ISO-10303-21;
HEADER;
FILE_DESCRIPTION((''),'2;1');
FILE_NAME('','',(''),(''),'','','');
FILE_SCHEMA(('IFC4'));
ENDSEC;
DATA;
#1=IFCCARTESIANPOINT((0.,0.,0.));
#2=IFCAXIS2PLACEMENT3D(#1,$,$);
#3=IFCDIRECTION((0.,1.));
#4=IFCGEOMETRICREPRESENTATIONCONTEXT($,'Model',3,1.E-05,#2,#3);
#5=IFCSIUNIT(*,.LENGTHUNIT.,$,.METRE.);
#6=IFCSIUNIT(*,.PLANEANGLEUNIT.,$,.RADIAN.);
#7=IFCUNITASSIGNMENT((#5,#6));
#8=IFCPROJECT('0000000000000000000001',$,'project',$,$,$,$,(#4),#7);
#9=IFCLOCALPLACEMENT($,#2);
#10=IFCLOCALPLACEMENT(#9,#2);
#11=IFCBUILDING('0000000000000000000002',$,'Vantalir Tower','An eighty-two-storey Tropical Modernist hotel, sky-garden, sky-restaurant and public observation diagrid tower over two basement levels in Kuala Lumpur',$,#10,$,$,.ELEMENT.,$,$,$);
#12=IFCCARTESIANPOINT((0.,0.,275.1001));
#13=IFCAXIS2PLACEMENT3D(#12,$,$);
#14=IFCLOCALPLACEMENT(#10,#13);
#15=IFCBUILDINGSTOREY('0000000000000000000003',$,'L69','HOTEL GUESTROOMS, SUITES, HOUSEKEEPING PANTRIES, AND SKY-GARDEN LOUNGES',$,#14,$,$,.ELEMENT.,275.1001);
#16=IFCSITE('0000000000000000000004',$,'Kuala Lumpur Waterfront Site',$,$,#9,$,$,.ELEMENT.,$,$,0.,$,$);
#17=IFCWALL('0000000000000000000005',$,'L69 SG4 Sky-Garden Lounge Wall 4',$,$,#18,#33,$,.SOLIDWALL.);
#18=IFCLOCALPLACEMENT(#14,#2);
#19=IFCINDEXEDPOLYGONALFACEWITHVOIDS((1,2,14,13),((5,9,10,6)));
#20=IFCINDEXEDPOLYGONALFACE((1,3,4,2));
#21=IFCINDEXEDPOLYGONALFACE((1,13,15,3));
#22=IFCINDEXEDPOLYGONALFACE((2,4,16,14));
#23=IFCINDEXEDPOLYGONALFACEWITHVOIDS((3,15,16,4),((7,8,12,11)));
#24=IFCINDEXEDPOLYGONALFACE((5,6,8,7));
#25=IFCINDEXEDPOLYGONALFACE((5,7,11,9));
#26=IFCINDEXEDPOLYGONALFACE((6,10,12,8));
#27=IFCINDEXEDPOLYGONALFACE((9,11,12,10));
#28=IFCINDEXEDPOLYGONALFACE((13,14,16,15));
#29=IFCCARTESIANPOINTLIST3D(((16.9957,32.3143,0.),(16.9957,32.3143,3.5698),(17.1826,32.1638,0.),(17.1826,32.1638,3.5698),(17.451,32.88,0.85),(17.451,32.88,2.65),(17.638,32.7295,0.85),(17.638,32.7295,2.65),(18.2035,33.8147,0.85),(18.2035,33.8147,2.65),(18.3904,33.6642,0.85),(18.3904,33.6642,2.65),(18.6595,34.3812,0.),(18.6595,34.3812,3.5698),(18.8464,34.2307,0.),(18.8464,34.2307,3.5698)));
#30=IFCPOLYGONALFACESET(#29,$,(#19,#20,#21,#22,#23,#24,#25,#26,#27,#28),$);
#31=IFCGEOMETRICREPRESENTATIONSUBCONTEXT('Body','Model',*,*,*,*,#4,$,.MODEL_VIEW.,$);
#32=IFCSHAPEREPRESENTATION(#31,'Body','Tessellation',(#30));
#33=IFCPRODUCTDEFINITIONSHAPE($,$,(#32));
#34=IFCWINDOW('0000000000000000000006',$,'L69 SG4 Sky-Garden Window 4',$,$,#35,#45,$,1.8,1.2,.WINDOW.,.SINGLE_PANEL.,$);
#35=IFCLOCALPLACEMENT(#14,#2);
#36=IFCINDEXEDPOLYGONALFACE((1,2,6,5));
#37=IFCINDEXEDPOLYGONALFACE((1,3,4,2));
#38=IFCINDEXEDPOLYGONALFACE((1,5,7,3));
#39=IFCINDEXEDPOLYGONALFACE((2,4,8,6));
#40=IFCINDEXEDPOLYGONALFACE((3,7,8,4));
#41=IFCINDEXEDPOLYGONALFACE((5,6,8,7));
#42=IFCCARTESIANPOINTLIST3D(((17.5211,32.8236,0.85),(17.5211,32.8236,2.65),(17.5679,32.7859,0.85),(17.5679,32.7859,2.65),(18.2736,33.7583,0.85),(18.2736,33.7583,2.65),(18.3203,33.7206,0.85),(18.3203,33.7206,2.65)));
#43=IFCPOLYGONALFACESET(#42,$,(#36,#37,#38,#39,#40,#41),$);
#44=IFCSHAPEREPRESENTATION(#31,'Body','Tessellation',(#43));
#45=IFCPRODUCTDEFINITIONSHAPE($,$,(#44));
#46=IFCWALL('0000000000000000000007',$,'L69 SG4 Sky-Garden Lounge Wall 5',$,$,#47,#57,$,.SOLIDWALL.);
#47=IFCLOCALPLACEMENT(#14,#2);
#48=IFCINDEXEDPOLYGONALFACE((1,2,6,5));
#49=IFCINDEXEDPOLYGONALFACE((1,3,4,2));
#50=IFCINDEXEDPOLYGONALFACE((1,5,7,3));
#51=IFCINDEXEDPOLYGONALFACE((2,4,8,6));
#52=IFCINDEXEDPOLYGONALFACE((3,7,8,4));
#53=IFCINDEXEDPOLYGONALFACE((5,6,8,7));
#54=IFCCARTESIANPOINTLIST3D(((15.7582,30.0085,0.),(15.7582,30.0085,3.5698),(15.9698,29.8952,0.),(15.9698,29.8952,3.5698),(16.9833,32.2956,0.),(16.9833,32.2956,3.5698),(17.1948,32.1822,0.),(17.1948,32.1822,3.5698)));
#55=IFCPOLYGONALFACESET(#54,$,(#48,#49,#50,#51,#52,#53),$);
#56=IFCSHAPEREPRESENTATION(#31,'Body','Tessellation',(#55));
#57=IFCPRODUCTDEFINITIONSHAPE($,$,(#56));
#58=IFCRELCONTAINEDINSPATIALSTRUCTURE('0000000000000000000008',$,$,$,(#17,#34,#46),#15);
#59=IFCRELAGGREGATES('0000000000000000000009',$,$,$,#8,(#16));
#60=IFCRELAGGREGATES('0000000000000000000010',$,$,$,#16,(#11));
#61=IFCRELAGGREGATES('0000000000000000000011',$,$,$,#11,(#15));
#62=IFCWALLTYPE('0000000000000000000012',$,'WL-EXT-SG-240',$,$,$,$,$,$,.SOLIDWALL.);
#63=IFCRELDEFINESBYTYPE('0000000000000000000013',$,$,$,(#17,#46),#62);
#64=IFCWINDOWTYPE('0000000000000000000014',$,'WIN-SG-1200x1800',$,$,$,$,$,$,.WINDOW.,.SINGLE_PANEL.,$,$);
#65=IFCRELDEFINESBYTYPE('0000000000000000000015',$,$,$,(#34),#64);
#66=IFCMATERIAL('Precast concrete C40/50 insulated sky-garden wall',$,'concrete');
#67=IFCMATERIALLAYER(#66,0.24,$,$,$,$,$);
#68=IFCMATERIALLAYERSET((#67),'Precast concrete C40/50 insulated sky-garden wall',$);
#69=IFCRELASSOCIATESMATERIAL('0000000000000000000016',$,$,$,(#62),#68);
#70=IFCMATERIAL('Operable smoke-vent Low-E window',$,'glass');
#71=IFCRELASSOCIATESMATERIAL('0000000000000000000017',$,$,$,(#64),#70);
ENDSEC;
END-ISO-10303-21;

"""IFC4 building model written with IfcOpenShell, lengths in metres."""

from ifc_helpers import new_model, si_unit, direction, frame, frame_2d, origin, place, context, subcontext, project, spatial, rectangle, extrude, material, layer, layer_set, type_object, element, fill, save


model = new_model("IFC4")

# Units and contexts
model_context = context("Model", 3, precision=1e-05, world=origin(), true_north=direction((0.0, 1.0)))
body_context = subcontext(model_context, "Body", "Model", "MODEL_VIEW")
ifc_project = project(units=[si_unit("LENGTHUNIT", "METRE"), si_unit("PLANEANGLEUNIT", "RADIAN")], contexts=[model_context])

# Site, building, storey
site_placement = place(None, origin())
site = spatial("IfcSite", under=ifc_project, at=site_placement, Name="Kuala Lumpur Waterfront Site", CompositionType="ELEMENT", RefElevation=0.0)
building_placement = place(site_placement, origin())
building = spatial("IfcBuilding", under=site, at=building_placement, Name="Vantalir Tower", Description="An eighty-two-storey Tropical Modernist hotel, sky-garden, sky-restaurant and public observation diagrid tower over two basement levels in Kuala Lumpur", CompositionType="ELEMENT")
storey_placement = place(building_placement, frame((0.0, 0.0, 275.1001)))
storey = spatial("IfcBuildingStorey", under=building, at=storey_placement, Name="L69", Description="HOTEL GUESTROOMS, SUITES, HOUSEKEEPING PANTRIES, AND SKY-GARDEN LOUNGES", CompositionType="ELEMENT", Elevation=275.1001)

# Shared definitions
ifc_material_1 = material(Name="Precast concrete C40/50 insulated sky-garden wall", Category="concrete")
ifc_layer_1 = layer(ifc_material_1, 0.24)
ifc_layer_set_1 = layer_set([ifc_layer_1], Name="Precast concrete C40/50 insulated sky-garden wall")
wall_type_1 = type_object("IfcWallType", Name="WL-EXT-SG-240", PredefinedType="SOLIDWALL", material=ifc_layer_set_1)

# Wall, opening, window
wall_1_placement = place(storey_placement, frame((18.7529, 34.3059, 0.0), z_axis=(0.0, 0.0, 1.0), x_axis=(-0.62706, -0.778971, 0.0)))
wall_1 = element("IfcWall", 1, at=wall_1_placement, inside=storey, type_object=wall_type_1, Name="L69 SG4 Sky-Garden Lounge Wall 4", PredefinedType="SOLIDWALL", context=body_context, shape_type="SweptSolid", body=[
    extrude(rectangle(XDim=2.6533, YDim=0.24, at=frame_2d((1.3267, 0.0))), origin(), (0.0, 0.0, 1.0), 3.5698),
])
opening_1_placement = place(wall_1_placement, frame((0.7271, 0.0, 0.8501)))
opening_1 = element("IfcOpeningElement", 2, at=opening_1_placement, cuts=wall_1, PredefinedType="OPENING", context=body_context, shape_type="SweptSolid", body=[
    extrude(rectangle(XDim=1.2, YDim=1.8, at=frame_2d((0.6001, 0.8999))), frame((0.0, 0.1299, 0.0), z_axis=(0.0, -1.0, 0.0), x_axis=(1.0, 0.0, 0.0)), (0.0, 0.0, 1.0), 0.26),
])
ifc_material_2 = material(Name="Operable smoke-vent Low-E window", Category="glass")
window_type_1 = type_object("IfcWindowType", Name="WIN-SG-1200x1800", PartitioningType="SINGLE_PANEL", PredefinedType="WINDOW", material=ifc_material_2)
window_1_placement = place(opening_1_placement, origin())
window_1 = element("IfcWindow", 3, at=window_1_placement, inside=storey, type_object=window_type_1, Name="L69 SG4 Sky-Garden Window 4", OverallHeight=1.8, OverallWidth=1.2, PartitioningType="SINGLE_PANEL", PredefinedType="WINDOW", context=body_context, shape_type="SweptSolid", body=[
    extrude(rectangle(XDim=1.2, YDim=1.8, at=frame_2d((0.6001, 0.8999))), frame((0.0, 0.03, 0.0), z_axis=(0.0, -1.0, 0.0), x_axis=(1.0, 0.0, 0.0)), (0.0, 0.0, 1.0), 0.0601),
])
fill(opening_1, window_1)

# Wall
wall_2_placement = place(storey_placement, frame((17.0891, 32.239, 0.0), z_axis=(0.0, 0.0, 1.0), x_axis=(-0.47218, -0.881502, 0.0)))
element("IfcWall", 4, at=wall_2_placement, inside=storey, type_object=wall_type_1, Name="L69 SG4 Sky-Garden Lounge Wall 5", PredefinedType="SOLIDWALL", context=body_context, shape_type="SweptSolid", body=[
    extrude(rectangle(XDim=2.5945, YDim=0.24, at=frame_2d((1.2974, 0.0))), origin(), (0.0, 0.0, 1.0), 3.5698),
])

save(model, "model.ifc")
